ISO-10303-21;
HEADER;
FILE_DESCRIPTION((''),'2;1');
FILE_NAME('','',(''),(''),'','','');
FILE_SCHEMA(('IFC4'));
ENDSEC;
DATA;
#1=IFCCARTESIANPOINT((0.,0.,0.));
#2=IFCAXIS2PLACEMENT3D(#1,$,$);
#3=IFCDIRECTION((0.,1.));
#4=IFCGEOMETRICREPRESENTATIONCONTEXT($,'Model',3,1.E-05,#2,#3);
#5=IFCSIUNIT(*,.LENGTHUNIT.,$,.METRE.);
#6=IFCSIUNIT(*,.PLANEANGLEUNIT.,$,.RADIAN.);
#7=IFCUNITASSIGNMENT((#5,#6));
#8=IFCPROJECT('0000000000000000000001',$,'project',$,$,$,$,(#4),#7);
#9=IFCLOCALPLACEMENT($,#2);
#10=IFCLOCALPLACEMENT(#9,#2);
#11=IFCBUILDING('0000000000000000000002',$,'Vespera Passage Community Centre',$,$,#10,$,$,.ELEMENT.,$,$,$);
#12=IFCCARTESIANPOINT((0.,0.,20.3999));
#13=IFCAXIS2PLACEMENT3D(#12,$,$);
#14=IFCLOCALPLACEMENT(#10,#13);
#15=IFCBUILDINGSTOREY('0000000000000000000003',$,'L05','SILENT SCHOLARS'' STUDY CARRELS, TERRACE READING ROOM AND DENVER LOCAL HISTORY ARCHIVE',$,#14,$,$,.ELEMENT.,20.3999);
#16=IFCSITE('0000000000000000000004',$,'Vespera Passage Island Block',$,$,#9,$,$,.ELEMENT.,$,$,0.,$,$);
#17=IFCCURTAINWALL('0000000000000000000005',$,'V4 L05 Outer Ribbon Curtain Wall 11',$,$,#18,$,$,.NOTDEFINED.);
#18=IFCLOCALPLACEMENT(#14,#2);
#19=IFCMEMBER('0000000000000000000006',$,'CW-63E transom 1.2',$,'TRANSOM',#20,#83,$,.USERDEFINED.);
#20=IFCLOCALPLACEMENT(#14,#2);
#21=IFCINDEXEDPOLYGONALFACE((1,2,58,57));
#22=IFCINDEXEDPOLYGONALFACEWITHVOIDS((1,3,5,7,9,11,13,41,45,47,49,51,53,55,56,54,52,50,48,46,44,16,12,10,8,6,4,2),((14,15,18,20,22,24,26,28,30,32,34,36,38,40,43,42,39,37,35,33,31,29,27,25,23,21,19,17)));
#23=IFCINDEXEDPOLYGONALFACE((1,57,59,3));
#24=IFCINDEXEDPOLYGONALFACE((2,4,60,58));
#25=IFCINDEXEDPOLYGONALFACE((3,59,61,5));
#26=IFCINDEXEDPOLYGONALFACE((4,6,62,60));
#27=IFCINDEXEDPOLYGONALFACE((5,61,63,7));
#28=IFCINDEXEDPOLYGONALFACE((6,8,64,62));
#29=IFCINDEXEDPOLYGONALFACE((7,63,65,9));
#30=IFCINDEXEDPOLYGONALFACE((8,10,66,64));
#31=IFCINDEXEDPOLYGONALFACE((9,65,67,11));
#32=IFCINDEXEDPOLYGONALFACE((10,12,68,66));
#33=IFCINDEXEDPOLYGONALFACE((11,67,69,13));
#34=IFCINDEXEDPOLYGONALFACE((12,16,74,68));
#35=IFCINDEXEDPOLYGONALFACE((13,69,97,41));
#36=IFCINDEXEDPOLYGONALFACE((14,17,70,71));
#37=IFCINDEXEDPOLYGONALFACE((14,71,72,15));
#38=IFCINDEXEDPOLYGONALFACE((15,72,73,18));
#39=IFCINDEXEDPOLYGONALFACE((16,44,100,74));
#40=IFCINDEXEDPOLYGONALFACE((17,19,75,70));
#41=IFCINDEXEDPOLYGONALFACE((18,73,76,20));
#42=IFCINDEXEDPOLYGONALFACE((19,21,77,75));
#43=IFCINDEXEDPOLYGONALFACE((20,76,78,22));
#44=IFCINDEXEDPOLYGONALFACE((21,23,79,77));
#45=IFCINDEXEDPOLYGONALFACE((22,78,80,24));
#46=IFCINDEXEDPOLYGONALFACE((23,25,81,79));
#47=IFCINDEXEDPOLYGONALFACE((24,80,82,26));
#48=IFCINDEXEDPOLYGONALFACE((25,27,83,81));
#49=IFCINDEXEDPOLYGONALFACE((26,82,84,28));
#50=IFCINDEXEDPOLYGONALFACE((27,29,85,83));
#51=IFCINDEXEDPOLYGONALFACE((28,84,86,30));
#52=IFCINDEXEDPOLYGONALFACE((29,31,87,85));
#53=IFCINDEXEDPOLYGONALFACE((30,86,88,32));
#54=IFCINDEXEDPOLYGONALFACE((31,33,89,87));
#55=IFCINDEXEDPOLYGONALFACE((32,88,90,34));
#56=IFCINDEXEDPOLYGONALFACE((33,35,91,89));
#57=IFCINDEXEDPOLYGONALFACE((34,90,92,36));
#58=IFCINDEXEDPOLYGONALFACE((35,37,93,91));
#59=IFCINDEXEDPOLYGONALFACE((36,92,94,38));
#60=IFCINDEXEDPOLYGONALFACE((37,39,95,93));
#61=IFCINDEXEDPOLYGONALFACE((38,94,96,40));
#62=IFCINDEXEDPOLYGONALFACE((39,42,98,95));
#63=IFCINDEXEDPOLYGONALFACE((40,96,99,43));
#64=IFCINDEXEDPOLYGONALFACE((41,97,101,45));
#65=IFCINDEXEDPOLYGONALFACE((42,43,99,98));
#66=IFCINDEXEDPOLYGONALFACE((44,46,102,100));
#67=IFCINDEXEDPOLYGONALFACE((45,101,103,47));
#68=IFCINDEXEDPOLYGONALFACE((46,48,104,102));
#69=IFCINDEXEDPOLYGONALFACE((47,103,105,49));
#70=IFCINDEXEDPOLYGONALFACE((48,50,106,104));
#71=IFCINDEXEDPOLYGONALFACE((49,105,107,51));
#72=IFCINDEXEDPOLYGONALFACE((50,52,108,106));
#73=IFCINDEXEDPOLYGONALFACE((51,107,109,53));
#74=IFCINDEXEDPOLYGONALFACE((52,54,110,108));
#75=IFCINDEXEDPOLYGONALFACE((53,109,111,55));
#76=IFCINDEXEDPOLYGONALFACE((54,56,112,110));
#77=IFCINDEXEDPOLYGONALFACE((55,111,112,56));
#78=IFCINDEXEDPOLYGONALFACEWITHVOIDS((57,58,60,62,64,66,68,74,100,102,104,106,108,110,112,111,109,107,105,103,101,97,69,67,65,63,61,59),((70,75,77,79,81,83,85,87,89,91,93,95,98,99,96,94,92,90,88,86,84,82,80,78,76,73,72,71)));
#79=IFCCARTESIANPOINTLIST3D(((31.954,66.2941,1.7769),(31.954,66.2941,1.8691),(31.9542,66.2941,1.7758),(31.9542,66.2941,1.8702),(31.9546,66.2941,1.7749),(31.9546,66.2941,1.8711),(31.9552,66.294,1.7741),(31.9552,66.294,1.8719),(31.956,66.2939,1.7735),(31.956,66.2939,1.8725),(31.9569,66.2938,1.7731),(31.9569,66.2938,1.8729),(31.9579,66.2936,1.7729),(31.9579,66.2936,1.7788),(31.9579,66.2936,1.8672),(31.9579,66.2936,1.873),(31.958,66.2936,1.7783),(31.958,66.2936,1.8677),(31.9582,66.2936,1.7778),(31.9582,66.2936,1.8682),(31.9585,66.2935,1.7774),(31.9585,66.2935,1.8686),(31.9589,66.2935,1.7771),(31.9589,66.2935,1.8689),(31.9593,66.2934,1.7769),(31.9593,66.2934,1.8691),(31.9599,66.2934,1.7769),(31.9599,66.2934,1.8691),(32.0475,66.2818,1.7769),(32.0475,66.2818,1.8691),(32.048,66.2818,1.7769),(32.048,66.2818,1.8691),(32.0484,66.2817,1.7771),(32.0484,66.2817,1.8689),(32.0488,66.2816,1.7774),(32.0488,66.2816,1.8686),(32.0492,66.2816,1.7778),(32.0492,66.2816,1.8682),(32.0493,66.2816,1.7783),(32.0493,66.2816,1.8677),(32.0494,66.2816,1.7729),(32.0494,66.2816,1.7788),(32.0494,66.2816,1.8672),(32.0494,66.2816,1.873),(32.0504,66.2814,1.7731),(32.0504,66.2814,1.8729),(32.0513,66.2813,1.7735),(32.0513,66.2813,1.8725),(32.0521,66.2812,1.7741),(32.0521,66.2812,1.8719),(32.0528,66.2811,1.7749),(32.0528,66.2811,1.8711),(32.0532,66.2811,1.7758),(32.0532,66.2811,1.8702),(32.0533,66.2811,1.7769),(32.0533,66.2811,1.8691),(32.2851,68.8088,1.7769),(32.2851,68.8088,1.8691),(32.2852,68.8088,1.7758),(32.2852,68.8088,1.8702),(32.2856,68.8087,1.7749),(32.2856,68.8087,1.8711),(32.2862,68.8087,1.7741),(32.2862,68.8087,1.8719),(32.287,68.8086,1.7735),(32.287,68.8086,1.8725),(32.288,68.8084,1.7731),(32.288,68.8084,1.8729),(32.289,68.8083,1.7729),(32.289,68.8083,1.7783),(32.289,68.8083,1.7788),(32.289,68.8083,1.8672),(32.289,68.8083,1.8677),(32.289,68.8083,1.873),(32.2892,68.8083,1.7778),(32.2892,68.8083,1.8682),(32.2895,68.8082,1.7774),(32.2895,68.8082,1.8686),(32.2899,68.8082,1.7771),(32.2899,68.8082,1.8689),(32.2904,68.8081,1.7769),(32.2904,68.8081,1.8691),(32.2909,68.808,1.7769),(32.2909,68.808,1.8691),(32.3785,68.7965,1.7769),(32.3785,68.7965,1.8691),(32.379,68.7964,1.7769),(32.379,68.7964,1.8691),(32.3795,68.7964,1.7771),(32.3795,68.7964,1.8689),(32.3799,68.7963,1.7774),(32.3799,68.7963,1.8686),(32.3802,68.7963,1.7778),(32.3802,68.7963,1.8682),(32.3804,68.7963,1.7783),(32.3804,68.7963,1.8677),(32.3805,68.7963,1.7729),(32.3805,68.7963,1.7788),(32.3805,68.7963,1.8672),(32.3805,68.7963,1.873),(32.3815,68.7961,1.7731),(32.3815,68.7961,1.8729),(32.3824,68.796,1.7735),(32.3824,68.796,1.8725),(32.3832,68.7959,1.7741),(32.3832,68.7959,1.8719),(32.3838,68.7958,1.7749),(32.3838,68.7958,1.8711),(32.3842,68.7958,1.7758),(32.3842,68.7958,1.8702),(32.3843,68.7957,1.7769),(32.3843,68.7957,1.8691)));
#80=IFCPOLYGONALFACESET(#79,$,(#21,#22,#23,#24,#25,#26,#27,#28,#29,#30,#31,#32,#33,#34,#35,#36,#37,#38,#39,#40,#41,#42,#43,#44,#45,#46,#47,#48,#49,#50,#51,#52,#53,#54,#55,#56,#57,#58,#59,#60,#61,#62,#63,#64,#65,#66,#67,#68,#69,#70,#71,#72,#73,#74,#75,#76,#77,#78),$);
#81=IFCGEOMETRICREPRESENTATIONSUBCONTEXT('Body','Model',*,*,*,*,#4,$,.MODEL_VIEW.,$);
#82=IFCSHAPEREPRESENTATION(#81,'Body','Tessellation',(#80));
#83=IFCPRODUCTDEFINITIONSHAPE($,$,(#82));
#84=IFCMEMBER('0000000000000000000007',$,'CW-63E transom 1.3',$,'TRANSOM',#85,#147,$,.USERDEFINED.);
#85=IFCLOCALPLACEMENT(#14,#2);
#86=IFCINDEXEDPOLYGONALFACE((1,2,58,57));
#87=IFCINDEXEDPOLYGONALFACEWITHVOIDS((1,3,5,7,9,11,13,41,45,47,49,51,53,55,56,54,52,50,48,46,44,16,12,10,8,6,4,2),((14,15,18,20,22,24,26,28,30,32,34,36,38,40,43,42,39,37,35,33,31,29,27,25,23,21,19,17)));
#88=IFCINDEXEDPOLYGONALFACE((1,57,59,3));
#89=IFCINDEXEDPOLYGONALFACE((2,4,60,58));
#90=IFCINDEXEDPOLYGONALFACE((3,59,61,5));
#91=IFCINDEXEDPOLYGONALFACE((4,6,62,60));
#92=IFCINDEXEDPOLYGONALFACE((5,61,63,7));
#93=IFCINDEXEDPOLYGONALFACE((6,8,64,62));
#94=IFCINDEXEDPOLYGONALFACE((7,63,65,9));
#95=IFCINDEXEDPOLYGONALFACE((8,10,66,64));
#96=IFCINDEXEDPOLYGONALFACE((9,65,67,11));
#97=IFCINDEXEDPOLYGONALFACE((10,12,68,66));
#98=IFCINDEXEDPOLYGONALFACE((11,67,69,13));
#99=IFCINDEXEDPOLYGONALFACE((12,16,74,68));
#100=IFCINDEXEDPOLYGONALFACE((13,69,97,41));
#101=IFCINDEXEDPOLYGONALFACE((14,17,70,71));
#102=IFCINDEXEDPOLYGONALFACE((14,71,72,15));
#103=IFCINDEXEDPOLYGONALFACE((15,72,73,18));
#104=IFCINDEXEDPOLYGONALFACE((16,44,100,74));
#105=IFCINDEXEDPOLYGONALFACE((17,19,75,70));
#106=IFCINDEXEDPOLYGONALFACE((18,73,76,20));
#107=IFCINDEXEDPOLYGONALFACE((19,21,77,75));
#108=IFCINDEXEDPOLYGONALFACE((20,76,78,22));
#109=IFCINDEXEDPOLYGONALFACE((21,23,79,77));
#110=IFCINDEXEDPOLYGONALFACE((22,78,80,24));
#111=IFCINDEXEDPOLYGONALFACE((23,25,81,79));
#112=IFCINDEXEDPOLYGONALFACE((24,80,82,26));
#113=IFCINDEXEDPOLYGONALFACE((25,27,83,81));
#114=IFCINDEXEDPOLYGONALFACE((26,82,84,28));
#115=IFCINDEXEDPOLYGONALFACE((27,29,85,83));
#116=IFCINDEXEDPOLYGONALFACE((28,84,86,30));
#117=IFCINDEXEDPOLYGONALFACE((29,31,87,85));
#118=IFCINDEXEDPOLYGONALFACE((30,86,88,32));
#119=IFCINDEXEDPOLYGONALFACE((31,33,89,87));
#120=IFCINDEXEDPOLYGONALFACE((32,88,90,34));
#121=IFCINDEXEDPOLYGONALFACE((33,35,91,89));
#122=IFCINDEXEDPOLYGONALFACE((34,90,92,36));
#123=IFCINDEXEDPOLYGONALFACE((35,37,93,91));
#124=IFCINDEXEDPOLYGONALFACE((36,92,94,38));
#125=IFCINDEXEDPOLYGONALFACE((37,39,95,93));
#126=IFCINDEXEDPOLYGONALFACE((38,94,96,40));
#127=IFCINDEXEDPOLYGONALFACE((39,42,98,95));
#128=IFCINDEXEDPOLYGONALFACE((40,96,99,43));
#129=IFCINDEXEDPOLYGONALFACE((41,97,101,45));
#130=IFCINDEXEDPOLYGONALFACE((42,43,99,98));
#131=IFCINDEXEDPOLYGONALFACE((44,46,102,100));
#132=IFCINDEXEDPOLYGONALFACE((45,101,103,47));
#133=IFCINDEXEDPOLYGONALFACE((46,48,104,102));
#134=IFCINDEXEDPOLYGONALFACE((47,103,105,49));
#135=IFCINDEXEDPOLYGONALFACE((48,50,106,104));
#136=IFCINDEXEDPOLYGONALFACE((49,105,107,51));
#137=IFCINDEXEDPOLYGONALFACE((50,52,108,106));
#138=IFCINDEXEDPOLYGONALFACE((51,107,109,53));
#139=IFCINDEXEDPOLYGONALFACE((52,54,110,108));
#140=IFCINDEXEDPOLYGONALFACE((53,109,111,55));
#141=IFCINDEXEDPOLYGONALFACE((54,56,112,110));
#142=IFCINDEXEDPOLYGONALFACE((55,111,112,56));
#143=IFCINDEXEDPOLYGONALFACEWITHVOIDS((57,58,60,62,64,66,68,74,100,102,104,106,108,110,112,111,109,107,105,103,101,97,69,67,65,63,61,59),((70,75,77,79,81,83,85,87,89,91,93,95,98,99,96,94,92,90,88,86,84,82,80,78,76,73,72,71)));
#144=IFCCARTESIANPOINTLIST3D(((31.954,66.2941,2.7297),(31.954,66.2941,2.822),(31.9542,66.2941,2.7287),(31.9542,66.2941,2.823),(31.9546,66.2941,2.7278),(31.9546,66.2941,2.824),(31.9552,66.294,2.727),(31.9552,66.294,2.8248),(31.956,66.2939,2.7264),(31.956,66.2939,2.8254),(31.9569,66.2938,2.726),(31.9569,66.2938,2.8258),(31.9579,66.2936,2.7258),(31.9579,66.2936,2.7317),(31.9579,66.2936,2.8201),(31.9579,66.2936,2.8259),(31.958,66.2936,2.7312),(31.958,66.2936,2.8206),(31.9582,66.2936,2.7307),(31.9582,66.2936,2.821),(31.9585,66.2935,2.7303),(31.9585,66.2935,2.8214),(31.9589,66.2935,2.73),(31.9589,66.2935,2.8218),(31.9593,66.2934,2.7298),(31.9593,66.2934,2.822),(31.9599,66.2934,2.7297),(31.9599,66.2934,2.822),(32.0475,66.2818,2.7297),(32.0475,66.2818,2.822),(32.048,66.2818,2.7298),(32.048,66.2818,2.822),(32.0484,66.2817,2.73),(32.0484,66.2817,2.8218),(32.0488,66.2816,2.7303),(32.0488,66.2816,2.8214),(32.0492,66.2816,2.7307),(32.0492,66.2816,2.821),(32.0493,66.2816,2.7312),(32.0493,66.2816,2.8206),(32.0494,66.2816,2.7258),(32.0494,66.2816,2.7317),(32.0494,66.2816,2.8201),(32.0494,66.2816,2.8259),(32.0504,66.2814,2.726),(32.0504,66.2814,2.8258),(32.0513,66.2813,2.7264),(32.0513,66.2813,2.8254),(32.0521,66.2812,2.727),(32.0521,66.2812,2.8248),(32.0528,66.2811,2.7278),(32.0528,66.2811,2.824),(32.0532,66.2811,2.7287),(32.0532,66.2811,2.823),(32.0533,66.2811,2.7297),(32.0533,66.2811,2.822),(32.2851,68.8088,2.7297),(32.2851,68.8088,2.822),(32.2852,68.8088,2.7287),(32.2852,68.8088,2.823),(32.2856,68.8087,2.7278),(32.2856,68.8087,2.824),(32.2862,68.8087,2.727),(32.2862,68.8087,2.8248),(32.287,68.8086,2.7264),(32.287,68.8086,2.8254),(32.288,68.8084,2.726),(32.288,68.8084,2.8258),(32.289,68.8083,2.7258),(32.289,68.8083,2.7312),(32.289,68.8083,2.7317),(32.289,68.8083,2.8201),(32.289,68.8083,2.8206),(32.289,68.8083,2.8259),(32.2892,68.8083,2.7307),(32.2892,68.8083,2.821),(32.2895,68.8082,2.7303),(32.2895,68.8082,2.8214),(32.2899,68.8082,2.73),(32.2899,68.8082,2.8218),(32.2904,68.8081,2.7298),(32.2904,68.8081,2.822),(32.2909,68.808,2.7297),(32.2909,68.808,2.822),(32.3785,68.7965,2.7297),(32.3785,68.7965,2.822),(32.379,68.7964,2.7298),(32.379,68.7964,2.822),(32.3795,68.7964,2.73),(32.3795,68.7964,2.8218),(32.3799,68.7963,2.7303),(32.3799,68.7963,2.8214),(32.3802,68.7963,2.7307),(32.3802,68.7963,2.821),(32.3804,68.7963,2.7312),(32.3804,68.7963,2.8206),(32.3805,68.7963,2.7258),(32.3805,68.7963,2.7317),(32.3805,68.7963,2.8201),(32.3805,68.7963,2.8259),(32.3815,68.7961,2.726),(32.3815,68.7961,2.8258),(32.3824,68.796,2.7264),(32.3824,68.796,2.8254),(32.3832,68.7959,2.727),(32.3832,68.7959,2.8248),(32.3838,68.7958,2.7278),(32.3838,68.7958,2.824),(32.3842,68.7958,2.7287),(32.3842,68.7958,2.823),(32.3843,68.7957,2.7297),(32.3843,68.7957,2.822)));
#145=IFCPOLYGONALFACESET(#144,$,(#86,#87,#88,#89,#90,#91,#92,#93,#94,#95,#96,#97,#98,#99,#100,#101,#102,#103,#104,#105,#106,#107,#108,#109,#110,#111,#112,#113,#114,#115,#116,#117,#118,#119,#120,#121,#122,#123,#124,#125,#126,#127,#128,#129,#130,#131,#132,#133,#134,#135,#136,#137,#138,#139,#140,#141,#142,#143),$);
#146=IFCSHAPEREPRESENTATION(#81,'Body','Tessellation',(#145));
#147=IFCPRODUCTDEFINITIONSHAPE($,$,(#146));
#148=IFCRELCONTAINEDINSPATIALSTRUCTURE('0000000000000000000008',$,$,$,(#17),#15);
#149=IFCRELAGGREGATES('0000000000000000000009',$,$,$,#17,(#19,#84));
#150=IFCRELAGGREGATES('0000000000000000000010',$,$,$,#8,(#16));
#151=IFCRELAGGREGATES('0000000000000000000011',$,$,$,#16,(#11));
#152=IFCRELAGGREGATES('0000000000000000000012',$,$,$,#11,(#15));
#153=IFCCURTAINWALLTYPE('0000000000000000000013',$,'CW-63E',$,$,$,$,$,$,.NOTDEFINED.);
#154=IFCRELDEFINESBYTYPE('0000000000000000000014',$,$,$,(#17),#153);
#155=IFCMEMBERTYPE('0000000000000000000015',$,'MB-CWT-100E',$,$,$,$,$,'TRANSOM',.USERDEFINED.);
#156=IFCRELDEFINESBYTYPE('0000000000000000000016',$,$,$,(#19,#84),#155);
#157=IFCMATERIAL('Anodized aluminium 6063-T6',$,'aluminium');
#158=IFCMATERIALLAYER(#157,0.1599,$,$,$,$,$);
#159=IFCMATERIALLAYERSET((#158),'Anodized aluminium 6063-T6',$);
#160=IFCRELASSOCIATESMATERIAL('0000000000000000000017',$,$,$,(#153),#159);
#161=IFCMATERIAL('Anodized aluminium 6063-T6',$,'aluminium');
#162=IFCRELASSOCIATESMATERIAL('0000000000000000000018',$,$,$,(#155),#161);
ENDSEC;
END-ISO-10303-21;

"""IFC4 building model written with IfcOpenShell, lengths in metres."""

from ifc_helpers import new_model, si_unit, direction, frame, origin, origin_2d, place, context, subcontext, project, spatial, hollow_rectangle, extrude, material, layer, layer_set, material_profile, profile_set, type_object, element, aggregate, save


model = new_model("IFC4")

# Units and contexts
model_context = context("Model", 3, precision=1e-05, world=origin(), true_north=direction((0.0, 1.0)))
body_context = subcontext(model_context, "Body", "Model", "MODEL_VIEW")
ifc_project = project(units=[si_unit("LENGTHUNIT", "METRE"), si_unit("PLANEANGLEUNIT", "RADIAN")], contexts=[model_context])

# Site, building, storey
site_placement = place(None, origin())
site = spatial("IfcSite", under=ifc_project, at=site_placement, Name="Vespera Passage Island Block", CompositionType="ELEMENT", RefElevation=0.0)
building_placement = place(site_placement, origin())
building = spatial("IfcBuilding", under=site, at=building_placement, Name="Vespera Passage Community Centre", CompositionType="ELEMENT")
storey_placement = place(building_placement, frame((0.0, 0.0, 20.3999)))
storey = spatial("IfcBuildingStorey", under=building, at=storey_placement, Name="L05", Description="SILENT SCHOLARS' STUDY CARRELS, TERRACE READING ROOM AND DENVER LOCAL HISTORY ARCHIVE", CompositionType="ELEMENT", Elevation=20.3999)

# Curtain wall, members
ifc_material_1 = material(Name="Anodized aluminium 6063-T6", Category="aluminium")
ifc_layer_1 = layer(ifc_material_1, 0.1599)
ifc_layer_set_1 = layer_set([ifc_layer_1], Name="Anodized aluminium 6063-T6")
curtain_wall_type = type_object("IfcCurtainWallType", Name="CW-63E", PredefinedType="NOTDEFINED", material=ifc_layer_set_1)
curtain_wall_placement = place(storey_placement, origin())
curtain_wall = element("IfcCurtainWall", 1, at=curtain_wall_placement, inside=storey, type_object=curtain_wall_type, Name="V4 L05 Outer Ribbon Curtain Wall 11", PredefinedType="NOTDEFINED")
ifc_material_2 = material(Name="Anodized aluminium 6063-T6", Category="aluminium")
ifc_material_profile_1 = material_profile(ifc_material_2, hollow_rectangle(XDim=0.1001, YDim=0.1001, WallThickness=0.0039, InnerFilletRadius=0.002, OuterFilletRadius=0.0039, at=origin_2d()), Name="ALU100X100X4")
ifc_profile_set_1 = profile_set([ifc_material_profile_1], Name="Anodized aluminium 6063-T6")
member_type_1 = type_object("IfcMemberType", Name="MB-CWT-100E", ElementType="TRANSOM", PredefinedType="USERDEFINED", material=ifc_profile_set_1)
member_1_placement = place(storey_placement, frame((32.0037, 66.2876, 1.823), z_axis=(0.130524, 0.991445, 0.0), x_axis=(-0.991445, 0.130524, 0.0)))
member_1 = element("IfcMember", 2, at=member_1_placement, type_object=member_type_1, Name="CW-63E transom 1.2", ObjectType="TRANSOM", PredefinedType="USERDEFINED", context=body_context, shape_type="SweptSolid", body=[
    extrude(hollow_rectangle(XDim=0.1001, YDim=0.1001, WallThickness=0.0039, InnerFilletRadius=0.002, OuterFilletRadius=0.0039, at=origin_2d()), origin(), (0.0, 0.0, 1.0), 2.5364),
])
member_2_placement = place(storey_placement, frame((32.0037, 66.2876, 2.7759), z_axis=(0.130524, 0.991445, 0.0), x_axis=(-0.991445, 0.130524, 0.0)))
member_2 = element("IfcMember", 3, at=member_2_placement, type_object=member_type_1, Name="CW-63E transom 1.3", ObjectType="TRANSOM", PredefinedType="USERDEFINED", context=body_context, shape_type="SweptSolid", body=[
    extrude(hollow_rectangle(XDim=0.1001, YDim=0.1001, WallThickness=0.0039, InnerFilletRadius=0.002, OuterFilletRadius=0.0039, at=origin_2d()), origin(), (0.0, 0.0, 1.0), 2.5364),
])
aggregate(curtain_wall, [member_1, member_2])

save(model, "model.ifc")
